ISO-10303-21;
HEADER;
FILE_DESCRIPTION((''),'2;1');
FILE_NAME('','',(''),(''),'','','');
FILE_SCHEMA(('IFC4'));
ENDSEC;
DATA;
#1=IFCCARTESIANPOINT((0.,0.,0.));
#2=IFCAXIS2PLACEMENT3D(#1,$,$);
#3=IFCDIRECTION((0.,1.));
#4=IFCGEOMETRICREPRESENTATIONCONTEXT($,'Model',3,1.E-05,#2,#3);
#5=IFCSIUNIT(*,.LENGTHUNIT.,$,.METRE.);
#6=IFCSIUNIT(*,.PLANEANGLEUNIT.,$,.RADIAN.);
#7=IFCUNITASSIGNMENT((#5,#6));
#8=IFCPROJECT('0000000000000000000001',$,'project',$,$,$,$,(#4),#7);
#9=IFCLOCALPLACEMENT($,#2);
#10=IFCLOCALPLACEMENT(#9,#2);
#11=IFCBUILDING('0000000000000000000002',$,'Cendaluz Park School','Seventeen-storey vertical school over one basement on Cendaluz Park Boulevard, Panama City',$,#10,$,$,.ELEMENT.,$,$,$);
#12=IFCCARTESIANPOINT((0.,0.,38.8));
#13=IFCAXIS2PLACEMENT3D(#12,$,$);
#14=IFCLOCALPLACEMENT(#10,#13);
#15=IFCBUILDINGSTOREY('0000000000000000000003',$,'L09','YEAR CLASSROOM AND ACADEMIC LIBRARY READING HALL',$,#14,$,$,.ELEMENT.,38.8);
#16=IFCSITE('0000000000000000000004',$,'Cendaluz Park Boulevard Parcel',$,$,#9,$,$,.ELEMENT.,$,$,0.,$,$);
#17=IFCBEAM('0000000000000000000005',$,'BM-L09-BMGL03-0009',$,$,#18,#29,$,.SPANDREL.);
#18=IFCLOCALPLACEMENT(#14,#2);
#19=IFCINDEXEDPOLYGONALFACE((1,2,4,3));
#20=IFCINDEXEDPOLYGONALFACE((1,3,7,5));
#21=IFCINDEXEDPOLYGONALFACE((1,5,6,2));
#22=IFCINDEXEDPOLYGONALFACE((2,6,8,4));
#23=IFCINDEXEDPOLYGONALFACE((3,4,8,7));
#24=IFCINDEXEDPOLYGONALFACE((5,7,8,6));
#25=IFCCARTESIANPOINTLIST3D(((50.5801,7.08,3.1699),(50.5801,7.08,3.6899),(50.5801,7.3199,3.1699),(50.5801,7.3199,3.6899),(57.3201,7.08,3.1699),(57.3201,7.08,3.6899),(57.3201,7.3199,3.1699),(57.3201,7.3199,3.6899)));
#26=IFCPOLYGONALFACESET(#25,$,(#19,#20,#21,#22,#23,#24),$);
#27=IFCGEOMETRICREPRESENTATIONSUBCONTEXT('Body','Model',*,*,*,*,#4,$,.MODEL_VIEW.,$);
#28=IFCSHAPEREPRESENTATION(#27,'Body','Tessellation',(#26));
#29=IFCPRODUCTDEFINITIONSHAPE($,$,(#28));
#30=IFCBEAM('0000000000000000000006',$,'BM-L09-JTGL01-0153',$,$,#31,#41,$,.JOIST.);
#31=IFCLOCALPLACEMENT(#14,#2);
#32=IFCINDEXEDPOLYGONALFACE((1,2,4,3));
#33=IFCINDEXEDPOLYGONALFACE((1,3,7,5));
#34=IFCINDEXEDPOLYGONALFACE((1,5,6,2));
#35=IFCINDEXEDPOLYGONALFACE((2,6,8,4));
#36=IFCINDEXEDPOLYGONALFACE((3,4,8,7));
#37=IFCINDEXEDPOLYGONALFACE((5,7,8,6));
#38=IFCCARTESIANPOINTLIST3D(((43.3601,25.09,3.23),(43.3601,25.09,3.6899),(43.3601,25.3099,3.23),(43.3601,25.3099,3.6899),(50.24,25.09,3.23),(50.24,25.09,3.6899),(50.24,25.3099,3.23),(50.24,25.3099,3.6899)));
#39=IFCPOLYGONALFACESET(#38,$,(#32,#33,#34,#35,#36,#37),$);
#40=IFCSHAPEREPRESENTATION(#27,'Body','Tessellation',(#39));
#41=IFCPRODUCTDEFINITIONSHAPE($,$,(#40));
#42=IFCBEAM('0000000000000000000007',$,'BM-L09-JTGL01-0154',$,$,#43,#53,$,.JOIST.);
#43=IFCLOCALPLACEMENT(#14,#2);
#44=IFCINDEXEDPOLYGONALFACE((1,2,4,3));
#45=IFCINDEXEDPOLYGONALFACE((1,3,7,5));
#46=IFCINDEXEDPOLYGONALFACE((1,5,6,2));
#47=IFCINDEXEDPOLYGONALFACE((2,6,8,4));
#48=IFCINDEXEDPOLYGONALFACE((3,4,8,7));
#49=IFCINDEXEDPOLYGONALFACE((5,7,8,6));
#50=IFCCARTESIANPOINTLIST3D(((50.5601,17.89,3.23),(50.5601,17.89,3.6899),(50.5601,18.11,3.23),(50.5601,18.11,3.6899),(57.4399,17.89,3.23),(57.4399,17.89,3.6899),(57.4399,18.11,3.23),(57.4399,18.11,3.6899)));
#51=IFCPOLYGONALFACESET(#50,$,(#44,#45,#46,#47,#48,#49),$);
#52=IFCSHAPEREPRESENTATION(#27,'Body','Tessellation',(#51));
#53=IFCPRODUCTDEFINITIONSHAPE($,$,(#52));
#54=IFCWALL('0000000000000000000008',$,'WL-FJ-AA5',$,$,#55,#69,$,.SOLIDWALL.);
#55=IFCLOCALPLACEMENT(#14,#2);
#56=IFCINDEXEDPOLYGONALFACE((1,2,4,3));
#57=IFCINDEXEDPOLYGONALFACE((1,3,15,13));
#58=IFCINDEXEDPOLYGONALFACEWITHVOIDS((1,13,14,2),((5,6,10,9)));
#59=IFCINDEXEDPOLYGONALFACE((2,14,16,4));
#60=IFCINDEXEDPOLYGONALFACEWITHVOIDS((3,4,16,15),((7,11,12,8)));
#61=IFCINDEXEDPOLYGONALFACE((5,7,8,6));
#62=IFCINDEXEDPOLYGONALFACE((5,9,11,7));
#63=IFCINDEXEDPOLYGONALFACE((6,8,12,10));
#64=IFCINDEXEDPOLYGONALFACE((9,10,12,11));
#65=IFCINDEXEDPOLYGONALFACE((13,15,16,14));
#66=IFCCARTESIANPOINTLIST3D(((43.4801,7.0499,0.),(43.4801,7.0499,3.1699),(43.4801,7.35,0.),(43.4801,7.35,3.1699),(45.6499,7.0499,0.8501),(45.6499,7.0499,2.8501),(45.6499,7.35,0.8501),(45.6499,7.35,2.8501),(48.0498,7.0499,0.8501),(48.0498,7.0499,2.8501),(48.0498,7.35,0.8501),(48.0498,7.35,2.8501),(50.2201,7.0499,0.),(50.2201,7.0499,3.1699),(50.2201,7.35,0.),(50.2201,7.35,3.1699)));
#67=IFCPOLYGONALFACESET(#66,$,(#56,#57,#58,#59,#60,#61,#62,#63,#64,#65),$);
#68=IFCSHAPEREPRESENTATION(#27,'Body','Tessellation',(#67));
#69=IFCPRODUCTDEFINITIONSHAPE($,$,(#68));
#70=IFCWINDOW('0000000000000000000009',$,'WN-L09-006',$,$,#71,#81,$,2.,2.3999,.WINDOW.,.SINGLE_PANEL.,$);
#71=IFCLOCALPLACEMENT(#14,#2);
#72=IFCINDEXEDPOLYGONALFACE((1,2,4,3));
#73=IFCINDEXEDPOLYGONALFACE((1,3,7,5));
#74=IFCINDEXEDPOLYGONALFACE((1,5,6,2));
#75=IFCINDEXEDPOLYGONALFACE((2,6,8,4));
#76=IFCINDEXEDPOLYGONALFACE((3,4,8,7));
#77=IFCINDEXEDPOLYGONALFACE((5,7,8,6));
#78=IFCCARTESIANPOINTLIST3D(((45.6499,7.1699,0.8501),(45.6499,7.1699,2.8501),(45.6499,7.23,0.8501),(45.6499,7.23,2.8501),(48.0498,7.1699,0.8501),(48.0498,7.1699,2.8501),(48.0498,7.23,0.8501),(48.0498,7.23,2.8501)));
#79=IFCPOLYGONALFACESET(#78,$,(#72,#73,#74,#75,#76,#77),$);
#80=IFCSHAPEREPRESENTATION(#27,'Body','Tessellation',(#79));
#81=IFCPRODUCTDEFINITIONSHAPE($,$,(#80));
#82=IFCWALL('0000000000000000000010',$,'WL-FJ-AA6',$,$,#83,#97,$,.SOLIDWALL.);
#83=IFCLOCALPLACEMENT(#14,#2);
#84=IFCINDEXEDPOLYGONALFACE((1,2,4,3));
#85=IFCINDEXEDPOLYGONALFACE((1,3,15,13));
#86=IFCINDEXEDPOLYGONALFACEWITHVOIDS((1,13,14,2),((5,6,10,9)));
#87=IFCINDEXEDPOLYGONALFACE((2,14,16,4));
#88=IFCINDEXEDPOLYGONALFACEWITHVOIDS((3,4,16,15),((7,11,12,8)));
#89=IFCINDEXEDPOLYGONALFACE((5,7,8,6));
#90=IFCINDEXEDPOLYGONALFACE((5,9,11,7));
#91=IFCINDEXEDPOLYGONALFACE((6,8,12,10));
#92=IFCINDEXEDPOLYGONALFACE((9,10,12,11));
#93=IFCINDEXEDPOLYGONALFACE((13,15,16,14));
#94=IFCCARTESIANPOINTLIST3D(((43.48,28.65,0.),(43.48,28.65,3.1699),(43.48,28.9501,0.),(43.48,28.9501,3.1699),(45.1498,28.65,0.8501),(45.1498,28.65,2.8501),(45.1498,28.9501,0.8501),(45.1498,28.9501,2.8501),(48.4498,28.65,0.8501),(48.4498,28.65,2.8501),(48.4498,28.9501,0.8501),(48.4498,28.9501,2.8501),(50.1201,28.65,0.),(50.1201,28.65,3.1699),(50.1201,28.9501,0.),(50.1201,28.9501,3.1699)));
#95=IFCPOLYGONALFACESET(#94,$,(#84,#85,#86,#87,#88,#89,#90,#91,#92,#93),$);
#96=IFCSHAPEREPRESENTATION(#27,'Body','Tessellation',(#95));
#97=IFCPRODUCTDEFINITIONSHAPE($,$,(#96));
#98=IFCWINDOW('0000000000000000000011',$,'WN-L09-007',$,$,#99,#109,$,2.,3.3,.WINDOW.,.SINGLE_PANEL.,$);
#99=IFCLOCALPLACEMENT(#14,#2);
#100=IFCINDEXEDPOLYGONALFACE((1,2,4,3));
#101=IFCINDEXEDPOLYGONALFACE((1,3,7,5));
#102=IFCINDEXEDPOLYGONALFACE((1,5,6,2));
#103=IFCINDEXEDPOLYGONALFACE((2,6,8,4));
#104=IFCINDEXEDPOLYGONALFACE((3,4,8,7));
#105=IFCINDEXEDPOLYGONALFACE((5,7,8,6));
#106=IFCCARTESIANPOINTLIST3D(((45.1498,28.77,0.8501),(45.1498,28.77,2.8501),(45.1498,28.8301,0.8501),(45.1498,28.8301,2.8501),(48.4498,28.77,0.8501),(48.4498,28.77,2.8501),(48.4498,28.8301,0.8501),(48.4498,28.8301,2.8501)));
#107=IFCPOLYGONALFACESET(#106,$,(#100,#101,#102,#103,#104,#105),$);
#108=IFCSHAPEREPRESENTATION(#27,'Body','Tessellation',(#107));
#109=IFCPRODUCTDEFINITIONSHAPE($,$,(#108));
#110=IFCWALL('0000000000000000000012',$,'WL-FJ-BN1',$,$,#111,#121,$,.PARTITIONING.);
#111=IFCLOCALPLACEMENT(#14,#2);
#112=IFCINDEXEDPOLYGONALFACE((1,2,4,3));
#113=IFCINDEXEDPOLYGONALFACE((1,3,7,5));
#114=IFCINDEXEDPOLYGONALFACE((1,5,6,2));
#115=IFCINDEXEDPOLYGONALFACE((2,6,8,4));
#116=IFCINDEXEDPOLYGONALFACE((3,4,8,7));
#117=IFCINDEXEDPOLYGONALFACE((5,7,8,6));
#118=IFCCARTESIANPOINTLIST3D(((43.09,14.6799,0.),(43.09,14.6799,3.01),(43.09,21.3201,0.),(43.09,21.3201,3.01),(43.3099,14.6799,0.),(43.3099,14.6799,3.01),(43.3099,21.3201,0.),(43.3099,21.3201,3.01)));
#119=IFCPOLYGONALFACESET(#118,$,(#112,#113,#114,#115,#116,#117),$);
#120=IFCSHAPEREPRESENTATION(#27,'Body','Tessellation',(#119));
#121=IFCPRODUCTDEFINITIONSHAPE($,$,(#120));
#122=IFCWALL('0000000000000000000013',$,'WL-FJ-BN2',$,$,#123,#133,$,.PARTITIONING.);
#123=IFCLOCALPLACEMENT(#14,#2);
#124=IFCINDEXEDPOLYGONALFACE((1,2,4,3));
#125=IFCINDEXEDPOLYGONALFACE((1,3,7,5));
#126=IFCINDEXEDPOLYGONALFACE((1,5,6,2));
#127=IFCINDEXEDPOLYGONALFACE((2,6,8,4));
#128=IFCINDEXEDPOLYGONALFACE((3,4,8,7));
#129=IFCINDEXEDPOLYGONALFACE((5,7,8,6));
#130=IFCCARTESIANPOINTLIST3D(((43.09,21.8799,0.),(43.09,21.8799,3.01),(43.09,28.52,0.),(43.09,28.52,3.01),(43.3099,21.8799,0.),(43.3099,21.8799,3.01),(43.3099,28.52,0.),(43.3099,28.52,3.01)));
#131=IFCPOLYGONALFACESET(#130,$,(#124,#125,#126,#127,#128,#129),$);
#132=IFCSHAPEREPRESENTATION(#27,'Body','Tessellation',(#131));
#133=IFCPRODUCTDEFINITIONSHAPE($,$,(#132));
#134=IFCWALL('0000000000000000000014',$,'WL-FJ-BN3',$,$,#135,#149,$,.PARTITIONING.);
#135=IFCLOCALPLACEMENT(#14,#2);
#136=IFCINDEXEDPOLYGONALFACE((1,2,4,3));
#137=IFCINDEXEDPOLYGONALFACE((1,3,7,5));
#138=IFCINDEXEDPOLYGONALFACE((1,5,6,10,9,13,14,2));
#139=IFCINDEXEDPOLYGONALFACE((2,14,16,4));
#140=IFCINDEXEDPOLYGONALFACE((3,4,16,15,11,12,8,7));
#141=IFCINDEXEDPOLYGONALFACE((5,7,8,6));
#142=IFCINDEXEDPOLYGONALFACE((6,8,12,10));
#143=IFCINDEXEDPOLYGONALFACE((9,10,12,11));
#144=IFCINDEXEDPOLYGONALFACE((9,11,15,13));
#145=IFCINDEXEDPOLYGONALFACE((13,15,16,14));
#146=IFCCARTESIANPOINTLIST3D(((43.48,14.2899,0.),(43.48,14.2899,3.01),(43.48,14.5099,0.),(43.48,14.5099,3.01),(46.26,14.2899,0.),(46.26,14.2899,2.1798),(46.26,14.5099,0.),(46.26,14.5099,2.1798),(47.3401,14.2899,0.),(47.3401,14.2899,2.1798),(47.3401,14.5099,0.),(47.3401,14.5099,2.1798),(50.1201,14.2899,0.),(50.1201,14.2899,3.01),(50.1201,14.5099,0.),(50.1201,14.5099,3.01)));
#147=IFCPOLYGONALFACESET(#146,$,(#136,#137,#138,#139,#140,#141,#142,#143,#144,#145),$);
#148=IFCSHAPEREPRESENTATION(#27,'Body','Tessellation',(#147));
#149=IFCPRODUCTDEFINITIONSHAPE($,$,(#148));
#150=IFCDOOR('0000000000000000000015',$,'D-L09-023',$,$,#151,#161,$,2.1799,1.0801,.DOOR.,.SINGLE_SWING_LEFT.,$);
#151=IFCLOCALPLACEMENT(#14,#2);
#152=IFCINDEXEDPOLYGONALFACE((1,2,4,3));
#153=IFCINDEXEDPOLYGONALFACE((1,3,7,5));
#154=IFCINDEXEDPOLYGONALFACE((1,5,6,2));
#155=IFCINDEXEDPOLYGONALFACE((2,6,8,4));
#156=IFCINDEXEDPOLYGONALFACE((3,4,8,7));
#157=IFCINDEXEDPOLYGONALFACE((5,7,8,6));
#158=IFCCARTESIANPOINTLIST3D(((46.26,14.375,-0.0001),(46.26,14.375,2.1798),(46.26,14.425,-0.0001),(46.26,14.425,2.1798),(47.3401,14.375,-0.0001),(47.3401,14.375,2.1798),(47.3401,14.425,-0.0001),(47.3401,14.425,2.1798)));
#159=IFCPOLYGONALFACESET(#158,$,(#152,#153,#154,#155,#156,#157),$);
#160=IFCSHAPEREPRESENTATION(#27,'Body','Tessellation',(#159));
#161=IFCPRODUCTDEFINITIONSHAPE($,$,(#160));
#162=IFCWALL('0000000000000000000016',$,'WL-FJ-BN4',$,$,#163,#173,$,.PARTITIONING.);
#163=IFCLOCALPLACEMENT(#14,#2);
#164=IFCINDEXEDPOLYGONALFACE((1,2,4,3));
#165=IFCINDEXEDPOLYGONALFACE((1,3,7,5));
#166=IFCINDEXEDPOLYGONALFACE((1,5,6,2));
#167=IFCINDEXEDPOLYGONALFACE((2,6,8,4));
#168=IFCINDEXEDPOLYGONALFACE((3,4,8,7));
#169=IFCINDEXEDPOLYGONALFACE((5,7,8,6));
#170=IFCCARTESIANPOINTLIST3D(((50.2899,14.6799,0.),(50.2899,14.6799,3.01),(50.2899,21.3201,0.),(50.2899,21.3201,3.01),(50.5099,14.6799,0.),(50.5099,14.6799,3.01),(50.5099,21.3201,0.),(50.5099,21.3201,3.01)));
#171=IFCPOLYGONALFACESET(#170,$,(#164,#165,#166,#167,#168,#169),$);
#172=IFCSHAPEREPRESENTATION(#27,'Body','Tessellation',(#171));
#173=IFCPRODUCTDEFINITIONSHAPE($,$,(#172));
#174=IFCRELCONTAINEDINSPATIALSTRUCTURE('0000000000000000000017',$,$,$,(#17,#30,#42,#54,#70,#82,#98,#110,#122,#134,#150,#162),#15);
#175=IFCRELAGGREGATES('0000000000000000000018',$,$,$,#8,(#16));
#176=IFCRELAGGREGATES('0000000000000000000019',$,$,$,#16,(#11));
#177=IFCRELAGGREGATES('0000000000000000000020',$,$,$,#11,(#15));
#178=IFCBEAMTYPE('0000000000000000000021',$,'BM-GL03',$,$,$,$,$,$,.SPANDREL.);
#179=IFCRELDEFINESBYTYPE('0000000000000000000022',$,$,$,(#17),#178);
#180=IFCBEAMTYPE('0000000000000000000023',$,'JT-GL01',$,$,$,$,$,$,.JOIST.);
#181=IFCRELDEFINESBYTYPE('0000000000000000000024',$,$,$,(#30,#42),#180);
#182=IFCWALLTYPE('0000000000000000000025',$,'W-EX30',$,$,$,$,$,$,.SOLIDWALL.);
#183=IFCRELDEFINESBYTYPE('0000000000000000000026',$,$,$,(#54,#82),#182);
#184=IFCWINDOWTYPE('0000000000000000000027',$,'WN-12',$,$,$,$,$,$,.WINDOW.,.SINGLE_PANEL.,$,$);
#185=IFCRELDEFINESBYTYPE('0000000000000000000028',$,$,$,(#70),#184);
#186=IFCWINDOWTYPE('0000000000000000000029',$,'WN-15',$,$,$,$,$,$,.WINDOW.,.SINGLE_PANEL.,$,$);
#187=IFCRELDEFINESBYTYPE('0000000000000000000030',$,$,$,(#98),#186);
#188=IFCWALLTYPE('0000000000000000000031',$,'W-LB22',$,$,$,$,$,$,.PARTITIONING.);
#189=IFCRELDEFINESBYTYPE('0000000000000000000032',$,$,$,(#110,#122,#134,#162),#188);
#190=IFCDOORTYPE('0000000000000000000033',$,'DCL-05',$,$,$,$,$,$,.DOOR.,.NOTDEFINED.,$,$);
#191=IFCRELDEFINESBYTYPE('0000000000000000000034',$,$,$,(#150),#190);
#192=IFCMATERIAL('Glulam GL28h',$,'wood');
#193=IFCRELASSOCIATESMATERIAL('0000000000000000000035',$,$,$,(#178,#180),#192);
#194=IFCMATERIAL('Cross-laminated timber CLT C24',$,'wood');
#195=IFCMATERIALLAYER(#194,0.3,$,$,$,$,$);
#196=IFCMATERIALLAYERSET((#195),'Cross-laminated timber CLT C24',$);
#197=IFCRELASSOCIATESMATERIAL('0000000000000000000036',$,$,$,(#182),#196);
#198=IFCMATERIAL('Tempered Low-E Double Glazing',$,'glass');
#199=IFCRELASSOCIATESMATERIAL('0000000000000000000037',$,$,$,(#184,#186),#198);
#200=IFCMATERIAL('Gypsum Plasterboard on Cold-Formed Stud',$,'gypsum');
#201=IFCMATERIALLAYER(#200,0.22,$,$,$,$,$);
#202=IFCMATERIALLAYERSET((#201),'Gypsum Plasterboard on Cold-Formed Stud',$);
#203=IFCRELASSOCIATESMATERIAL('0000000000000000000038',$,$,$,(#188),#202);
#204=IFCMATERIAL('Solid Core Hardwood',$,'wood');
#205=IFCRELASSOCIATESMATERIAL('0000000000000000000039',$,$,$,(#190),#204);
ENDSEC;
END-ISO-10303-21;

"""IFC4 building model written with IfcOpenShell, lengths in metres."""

from ifc_helpers import new_model, si_unit, direction, frame, frame_2d, origin, origin_2d, place, context, subcontext, project, spatial, rectangle, extrude, material, layer, layer_set, material_profile, profile_set, type_object, element, fill, save


model = new_model("IFC4")

# Units and contexts
model_context = context("Model", 3, precision=1e-05, world=origin(), true_north=direction((0.0, 1.0)))
body_context = subcontext(model_context, "Body", "Model", "MODEL_VIEW")
ifc_project = project(units=[si_unit("LENGTHUNIT", "METRE"), si_unit("PLANEANGLEUNIT", "RADIAN")], contexts=[model_context])

# Site, building, storey
site_placement = place(None, origin())
site = spatial("IfcSite", under=ifc_project, at=site_placement, Name="Cendaluz Park Boulevard Parcel", CompositionType="ELEMENT", RefElevation=0.0)
building_placement = place(site_placement, origin())
building = spatial("IfcBuilding", under=site, at=building_placement, Name="Cendaluz Park School", Description="Seventeen-storey vertical school over one basement on Cendaluz Park Boulevard, Panama City", CompositionType="ELEMENT")
storey_placement = place(building_placement, frame((0.0, 0.0, 38.8)))
storey = spatial("IfcBuildingStorey", under=building, at=storey_placement, Name="L09", Description="YEAR CLASSROOM AND ACADEMIC LIBRARY READING HALL", CompositionType="ELEMENT", Elevation=38.8)

# Beams
ifc_material_1 = material(Name="Glulam GL28h", Category="wood")
ifc_material_profile_1 = material_profile(ifc_material_1, rectangle(XDim=0.24, YDim=0.52, at=origin_2d()), Name="GL28h 240x520", Category="wood")
ifc_profile_set_1 = profile_set([ifc_material_profile_1], Name="Glulam GL28h")
beam_type_1 = type_object("IfcBeamType", Name="BM-GL03", PredefinedType="SPANDREL", material=ifc_profile_set_1)
beam_1_placement = place(storey_placement, frame((50.5801, 7.2, 3.4299), z_axis=(1.0, 0.0, 0.0), x_axis=(0.0, 1.0, 0.0)))
element("IfcBeam", 1, at=beam_1_placement, inside=storey, type_object=beam_type_1, Name="BM-L09-BMGL03-0009", PredefinedType="SPANDREL", context=body_context, shape_type="SweptSolid", body=[
    extrude(rectangle(XDim=0.24, YDim=0.52, at=origin_2d()), origin(), (0.0, 0.0, 1.0), 6.74),
])
ifc_material_profile_2 = material_profile(ifc_material_1, rectangle(XDim=0.22, YDim=0.46, at=origin_2d()), Name="GL28h 220x460", Category="wood")
ifc_profile_set_2 = profile_set([ifc_material_profile_2], Name="Glulam GL28h")
beam_type_2 = type_object("IfcBeamType", Name="JT-GL01", PredefinedType="JOIST", material=ifc_profile_set_2)
for number, where, z_axis, x_axis, name in (
    (2, (43.3601, 25.2, 3.46), (1.0, 0.0, 0.0), (0.0, 1.0, 0.0), "BM-L09-JTGL01-0153"),
    (3, (50.5601, 18.0, 3.46), (1.0, 0.0, 0.0), (0.0, 1.0, 0.0), "BM-L09-JTGL01-0154"),
):
    element("IfcBeam", number, at=place(storey_placement, frame(where, z_axis=z_axis, x_axis=x_axis)), inside=storey, type_object=beam_type_2, Name=name, PredefinedType="JOIST", context=body_context, shape_type="SweptSolid", body=[
        extrude(rectangle(XDim=0.22, YDim=0.46, at=origin_2d()), origin(), (0.0, 0.0, 1.0), 6.8799),
    ])

# Walls, openings, windows
ifc_material_2 = material(Name="Cross-laminated timber CLT C24", Category="wood")
ifc_layer_1 = layer(ifc_material_2, 0.3)
ifc_layer_set_1 = layer_set([ifc_layer_1], Name="Cross-laminated timber CLT C24")
wall_type_1 = type_object("IfcWallType", Name="W-EX30", PredefinedType="SOLIDWALL", material=ifc_layer_set_1)
wall_1_placement = place(storey_placement, frame((43.48, 7.2, 0.0), z_axis=(0.0, 0.0, 1.0), x_axis=(1.0, 0.0, 0.0)))
wall_1 = element("IfcWall", 4, at=wall_1_placement, inside=storey, type_object=wall_type_1, Name="WL-FJ-AA5", PredefinedType="SOLIDWALL", context=body_context, shape_type="SweptSolid", body=[
    extrude(rectangle(XDim=6.74, YDim=0.3, at=frame_2d((3.3701, 0.0))), origin(), (0.0, 0.0, 1.0), 3.1699),
])
opening_1_placement = place(wall_1_placement, frame((2.1699, 0.0, 0.8501)))
opening_1 = element("IfcOpeningElement", 5, at=opening_1_placement, cuts=wall_1, PredefinedType="OPENING", context=body_context, shape_type="SweptSolid", body=[
    extrude(rectangle(XDim=2.3999, YDim=2.0, at=frame_2d((1.2, 1.0))), frame((0.0, 0.1621, 0.0), z_axis=(0.0, -1.0, 0.0), x_axis=(1.0, 0.0, 0.0)), (0.0, 0.0, 1.0), 0.324),
])
ifc_material_3 = material(Name="Tempered Low-E Double Glazing", Category="glass")
window_type_1 = type_object("IfcWindowType", Name="WN-12", PartitioningType="SINGLE_PANEL", PredefinedType="WINDOW", material=ifc_material_3)
window_1_placement = place(opening_1_placement, origin())
window_1 = element("IfcWindow", 6, at=window_1_placement, inside=storey, type_object=window_type_1, Name="WN-L09-006", OverallHeight=2.0, OverallWidth=2.3999, PartitioningType="SINGLE_PANEL", PredefinedType="WINDOW", context=body_context, shape_type="SweptSolid", body=[
    extrude(rectangle(XDim=2.3999, YDim=2.0, at=frame_2d((1.2, 1.0))), frame((0.0, 0.03, 0.0), z_axis=(0.0, -1.0, 0.0), x_axis=(1.0, 0.0, 0.0)), (0.0, 0.0, 1.0), 0.0601),
])
fill(opening_1, window_1)
wall_2_placement = place(storey_placement, frame((43.48, 28.8, 0.0), z_axis=(0.0, 0.0, 1.0), x_axis=(1.0, 0.0, 0.0)))
wall_2 = element("IfcWall", 7, at=wall_2_placement, inside=storey, type_object=wall_type_1, Name="WL-FJ-AA6", PredefinedType="SOLIDWALL", context=body_context, shape_type="SweptSolid", body=[
    extrude(rectangle(XDim=6.6401, YDim=0.3, at=frame_2d((3.3201, 0.0))), origin(), (0.0, 0.0, 1.0), 3.1699),
])
opening_2_placement = place(wall_2_placement, frame((1.6699, 0.0, 0.8501)))
opening_2 = element("IfcOpeningElement", 8, at=opening_2_placement, cuts=wall_2, PredefinedType="OPENING", context=body_context, shape_type="SweptSolid", body=[
    extrude(rectangle(XDim=3.3, YDim=2.0, at=frame_2d((1.6499, 1.0))), frame((0.0, 0.1621, 0.0), z_axis=(0.0, -1.0, 0.0), x_axis=(1.0, 0.0, 0.0)), (0.0, 0.0, 1.0), 0.324),
])
window_type_2 = type_object("IfcWindowType", Name="WN-15", PartitioningType="SINGLE_PANEL", PredefinedType="WINDOW", material=ifc_material_3)
window_2_placement = place(opening_2_placement, origin())
window_2 = element("IfcWindow", 9, at=window_2_placement, inside=storey, type_object=window_type_2, Name="WN-L09-007", OverallHeight=2.0, OverallWidth=3.3, PartitioningType="SINGLE_PANEL", PredefinedType="WINDOW", context=body_context, shape_type="SweptSolid", body=[
    extrude(rectangle(XDim=3.3, YDim=2.0, at=frame_2d((1.6499, 1.0))), frame((0.0, 0.03, 0.0), z_axis=(0.0, -1.0, 0.0), x_axis=(1.0, 0.0, 0.0)), (0.0, 0.0, 1.0), 0.0601),
])
fill(opening_2, window_2)

# Walls
ifc_material_4 = material(Name="Gypsum Plasterboard on Cold-Formed Stud", Category="gypsum")
ifc_layer_2 = layer(ifc_material_4, 0.22)
ifc_layer_set_2 = layer_set([ifc_layer_2], Name="Gypsum Plasterboard on Cold-Formed Stud")
wall_type_2 = type_object("IfcWallType", Name="W-LB22", PredefinedType="PARTITIONING", material=ifc_layer_set_2)
for number, where, z_axis, x_axis, name in (
    (10, (43.2, 14.6799, 0.0), (0.0, 0.0, 1.0), (0.0, 1.0, 0.0), "WL-FJ-BN1"),
    (11, (43.2, 21.8799, 0.0), (0.0, 0.0, 1.0), (0.0, 1.0, 0.0), "WL-FJ-BN2"),
):
    element("IfcWall", number, at=place(storey_placement, frame(where, z_axis=z_axis, x_axis=x_axis)), inside=storey, type_object=wall_type_2, Name=name, PredefinedType="PARTITIONING", context=body_context, shape_type="SweptSolid", body=[
        extrude(rectangle(XDim=6.6401, YDim=0.22, at=frame_2d((3.3201, 0.0))), origin(), (0.0, 0.0, 1.0), 3.01),
    ])

# Wall, opening, door
wall_3_placement = place(storey_placement, frame((43.48, 14.3999, 0.0), z_axis=(0.0, 0.0, 1.0), x_axis=(1.0, 0.0, 0.0)))
wall_3 = element("IfcWall", 12, at=wall_3_placement, inside=storey, type_object=wall_type_2, Name="WL-FJ-BN3", PredefinedType="PARTITIONING", context=body_context, shape_type="SweptSolid", body=[
    extrude(rectangle(XDim=6.6401, YDim=0.22, at=frame_2d((3.3201, 0.0))), origin(), (0.0, 0.0, 1.0), 3.01),
])
opening_3_placement = place(wall_3_placement, frame((2.78, 0.0, 0.0)))
opening_3 = element("IfcOpeningElement", 13, at=opening_3_placement, cuts=wall_3, PredefinedType="OPENING", context=body_context, shape_type="SweptSolid", body=[
    extrude(rectangle(XDim=1.0801, YDim=2.1799, at=frame_2d((0.54, 1.0898))), frame((0.0, 0.1221, 0.0), z_axis=(0.0, -1.0, 0.0), x_axis=(1.0, 0.0, 0.0)), (0.0, 0.0, 1.0), 0.2439),
])
ifc_material_5 = material(Name="Solid Core Hardwood", Category="wood")
door_type = type_object("IfcDoorType", Name="DCL-05", OperationType="NOTDEFINED", PredefinedType="DOOR", material=ifc_material_5)
door_placement = place(opening_3_placement, frame((1.0801, 0.0, 0.0), z_axis=(0.0, 0.0, 1.0), x_axis=(-1.0, 0.0, 0.0)))
door = element("IfcDoor", 14, at=door_placement, inside=storey, type_object=door_type, Name="D-L09-023", OperationType="SINGLE_SWING_LEFT", OverallHeight=2.1799, OverallWidth=1.0801, PredefinedType="DOOR", context=body_context, shape_type="SweptSolid", body=[
    extrude(rectangle(XDim=1.0801, YDim=2.1799, at=frame_2d((0.54, 1.0898))), frame((0.0, 0.0249, 0.0), z_axis=(0.0, -1.0, 0.0), x_axis=(1.0, 0.0, 0.0)), (0.0, 0.0, 1.0), 0.05),
])
fill(opening_3, door)

# Wall
for number, where, z_axis, x_axis, name in (
    (15, (50.3999, 14.6799, 0.0), (0.0, 0.0, 1.0), (0.0, 1.0, 0.0), "WL-FJ-BN4"),
):
    element("IfcWall", number, at=place(storey_placement, frame(where, z_axis=z_axis, x_axis=x_axis)), inside=storey, type_object=wall_type_2, Name=name, PredefinedType="PARTITIONING", context=body_context, shape_type="SweptSolid", body=[
        extrude(rectangle(XDim=6.6401, YDim=0.22, at=frame_2d((3.3201, 0.0))), origin(), (0.0, 0.0, 1.0), 3.01),
    ])

save(model, "model.ifc")
